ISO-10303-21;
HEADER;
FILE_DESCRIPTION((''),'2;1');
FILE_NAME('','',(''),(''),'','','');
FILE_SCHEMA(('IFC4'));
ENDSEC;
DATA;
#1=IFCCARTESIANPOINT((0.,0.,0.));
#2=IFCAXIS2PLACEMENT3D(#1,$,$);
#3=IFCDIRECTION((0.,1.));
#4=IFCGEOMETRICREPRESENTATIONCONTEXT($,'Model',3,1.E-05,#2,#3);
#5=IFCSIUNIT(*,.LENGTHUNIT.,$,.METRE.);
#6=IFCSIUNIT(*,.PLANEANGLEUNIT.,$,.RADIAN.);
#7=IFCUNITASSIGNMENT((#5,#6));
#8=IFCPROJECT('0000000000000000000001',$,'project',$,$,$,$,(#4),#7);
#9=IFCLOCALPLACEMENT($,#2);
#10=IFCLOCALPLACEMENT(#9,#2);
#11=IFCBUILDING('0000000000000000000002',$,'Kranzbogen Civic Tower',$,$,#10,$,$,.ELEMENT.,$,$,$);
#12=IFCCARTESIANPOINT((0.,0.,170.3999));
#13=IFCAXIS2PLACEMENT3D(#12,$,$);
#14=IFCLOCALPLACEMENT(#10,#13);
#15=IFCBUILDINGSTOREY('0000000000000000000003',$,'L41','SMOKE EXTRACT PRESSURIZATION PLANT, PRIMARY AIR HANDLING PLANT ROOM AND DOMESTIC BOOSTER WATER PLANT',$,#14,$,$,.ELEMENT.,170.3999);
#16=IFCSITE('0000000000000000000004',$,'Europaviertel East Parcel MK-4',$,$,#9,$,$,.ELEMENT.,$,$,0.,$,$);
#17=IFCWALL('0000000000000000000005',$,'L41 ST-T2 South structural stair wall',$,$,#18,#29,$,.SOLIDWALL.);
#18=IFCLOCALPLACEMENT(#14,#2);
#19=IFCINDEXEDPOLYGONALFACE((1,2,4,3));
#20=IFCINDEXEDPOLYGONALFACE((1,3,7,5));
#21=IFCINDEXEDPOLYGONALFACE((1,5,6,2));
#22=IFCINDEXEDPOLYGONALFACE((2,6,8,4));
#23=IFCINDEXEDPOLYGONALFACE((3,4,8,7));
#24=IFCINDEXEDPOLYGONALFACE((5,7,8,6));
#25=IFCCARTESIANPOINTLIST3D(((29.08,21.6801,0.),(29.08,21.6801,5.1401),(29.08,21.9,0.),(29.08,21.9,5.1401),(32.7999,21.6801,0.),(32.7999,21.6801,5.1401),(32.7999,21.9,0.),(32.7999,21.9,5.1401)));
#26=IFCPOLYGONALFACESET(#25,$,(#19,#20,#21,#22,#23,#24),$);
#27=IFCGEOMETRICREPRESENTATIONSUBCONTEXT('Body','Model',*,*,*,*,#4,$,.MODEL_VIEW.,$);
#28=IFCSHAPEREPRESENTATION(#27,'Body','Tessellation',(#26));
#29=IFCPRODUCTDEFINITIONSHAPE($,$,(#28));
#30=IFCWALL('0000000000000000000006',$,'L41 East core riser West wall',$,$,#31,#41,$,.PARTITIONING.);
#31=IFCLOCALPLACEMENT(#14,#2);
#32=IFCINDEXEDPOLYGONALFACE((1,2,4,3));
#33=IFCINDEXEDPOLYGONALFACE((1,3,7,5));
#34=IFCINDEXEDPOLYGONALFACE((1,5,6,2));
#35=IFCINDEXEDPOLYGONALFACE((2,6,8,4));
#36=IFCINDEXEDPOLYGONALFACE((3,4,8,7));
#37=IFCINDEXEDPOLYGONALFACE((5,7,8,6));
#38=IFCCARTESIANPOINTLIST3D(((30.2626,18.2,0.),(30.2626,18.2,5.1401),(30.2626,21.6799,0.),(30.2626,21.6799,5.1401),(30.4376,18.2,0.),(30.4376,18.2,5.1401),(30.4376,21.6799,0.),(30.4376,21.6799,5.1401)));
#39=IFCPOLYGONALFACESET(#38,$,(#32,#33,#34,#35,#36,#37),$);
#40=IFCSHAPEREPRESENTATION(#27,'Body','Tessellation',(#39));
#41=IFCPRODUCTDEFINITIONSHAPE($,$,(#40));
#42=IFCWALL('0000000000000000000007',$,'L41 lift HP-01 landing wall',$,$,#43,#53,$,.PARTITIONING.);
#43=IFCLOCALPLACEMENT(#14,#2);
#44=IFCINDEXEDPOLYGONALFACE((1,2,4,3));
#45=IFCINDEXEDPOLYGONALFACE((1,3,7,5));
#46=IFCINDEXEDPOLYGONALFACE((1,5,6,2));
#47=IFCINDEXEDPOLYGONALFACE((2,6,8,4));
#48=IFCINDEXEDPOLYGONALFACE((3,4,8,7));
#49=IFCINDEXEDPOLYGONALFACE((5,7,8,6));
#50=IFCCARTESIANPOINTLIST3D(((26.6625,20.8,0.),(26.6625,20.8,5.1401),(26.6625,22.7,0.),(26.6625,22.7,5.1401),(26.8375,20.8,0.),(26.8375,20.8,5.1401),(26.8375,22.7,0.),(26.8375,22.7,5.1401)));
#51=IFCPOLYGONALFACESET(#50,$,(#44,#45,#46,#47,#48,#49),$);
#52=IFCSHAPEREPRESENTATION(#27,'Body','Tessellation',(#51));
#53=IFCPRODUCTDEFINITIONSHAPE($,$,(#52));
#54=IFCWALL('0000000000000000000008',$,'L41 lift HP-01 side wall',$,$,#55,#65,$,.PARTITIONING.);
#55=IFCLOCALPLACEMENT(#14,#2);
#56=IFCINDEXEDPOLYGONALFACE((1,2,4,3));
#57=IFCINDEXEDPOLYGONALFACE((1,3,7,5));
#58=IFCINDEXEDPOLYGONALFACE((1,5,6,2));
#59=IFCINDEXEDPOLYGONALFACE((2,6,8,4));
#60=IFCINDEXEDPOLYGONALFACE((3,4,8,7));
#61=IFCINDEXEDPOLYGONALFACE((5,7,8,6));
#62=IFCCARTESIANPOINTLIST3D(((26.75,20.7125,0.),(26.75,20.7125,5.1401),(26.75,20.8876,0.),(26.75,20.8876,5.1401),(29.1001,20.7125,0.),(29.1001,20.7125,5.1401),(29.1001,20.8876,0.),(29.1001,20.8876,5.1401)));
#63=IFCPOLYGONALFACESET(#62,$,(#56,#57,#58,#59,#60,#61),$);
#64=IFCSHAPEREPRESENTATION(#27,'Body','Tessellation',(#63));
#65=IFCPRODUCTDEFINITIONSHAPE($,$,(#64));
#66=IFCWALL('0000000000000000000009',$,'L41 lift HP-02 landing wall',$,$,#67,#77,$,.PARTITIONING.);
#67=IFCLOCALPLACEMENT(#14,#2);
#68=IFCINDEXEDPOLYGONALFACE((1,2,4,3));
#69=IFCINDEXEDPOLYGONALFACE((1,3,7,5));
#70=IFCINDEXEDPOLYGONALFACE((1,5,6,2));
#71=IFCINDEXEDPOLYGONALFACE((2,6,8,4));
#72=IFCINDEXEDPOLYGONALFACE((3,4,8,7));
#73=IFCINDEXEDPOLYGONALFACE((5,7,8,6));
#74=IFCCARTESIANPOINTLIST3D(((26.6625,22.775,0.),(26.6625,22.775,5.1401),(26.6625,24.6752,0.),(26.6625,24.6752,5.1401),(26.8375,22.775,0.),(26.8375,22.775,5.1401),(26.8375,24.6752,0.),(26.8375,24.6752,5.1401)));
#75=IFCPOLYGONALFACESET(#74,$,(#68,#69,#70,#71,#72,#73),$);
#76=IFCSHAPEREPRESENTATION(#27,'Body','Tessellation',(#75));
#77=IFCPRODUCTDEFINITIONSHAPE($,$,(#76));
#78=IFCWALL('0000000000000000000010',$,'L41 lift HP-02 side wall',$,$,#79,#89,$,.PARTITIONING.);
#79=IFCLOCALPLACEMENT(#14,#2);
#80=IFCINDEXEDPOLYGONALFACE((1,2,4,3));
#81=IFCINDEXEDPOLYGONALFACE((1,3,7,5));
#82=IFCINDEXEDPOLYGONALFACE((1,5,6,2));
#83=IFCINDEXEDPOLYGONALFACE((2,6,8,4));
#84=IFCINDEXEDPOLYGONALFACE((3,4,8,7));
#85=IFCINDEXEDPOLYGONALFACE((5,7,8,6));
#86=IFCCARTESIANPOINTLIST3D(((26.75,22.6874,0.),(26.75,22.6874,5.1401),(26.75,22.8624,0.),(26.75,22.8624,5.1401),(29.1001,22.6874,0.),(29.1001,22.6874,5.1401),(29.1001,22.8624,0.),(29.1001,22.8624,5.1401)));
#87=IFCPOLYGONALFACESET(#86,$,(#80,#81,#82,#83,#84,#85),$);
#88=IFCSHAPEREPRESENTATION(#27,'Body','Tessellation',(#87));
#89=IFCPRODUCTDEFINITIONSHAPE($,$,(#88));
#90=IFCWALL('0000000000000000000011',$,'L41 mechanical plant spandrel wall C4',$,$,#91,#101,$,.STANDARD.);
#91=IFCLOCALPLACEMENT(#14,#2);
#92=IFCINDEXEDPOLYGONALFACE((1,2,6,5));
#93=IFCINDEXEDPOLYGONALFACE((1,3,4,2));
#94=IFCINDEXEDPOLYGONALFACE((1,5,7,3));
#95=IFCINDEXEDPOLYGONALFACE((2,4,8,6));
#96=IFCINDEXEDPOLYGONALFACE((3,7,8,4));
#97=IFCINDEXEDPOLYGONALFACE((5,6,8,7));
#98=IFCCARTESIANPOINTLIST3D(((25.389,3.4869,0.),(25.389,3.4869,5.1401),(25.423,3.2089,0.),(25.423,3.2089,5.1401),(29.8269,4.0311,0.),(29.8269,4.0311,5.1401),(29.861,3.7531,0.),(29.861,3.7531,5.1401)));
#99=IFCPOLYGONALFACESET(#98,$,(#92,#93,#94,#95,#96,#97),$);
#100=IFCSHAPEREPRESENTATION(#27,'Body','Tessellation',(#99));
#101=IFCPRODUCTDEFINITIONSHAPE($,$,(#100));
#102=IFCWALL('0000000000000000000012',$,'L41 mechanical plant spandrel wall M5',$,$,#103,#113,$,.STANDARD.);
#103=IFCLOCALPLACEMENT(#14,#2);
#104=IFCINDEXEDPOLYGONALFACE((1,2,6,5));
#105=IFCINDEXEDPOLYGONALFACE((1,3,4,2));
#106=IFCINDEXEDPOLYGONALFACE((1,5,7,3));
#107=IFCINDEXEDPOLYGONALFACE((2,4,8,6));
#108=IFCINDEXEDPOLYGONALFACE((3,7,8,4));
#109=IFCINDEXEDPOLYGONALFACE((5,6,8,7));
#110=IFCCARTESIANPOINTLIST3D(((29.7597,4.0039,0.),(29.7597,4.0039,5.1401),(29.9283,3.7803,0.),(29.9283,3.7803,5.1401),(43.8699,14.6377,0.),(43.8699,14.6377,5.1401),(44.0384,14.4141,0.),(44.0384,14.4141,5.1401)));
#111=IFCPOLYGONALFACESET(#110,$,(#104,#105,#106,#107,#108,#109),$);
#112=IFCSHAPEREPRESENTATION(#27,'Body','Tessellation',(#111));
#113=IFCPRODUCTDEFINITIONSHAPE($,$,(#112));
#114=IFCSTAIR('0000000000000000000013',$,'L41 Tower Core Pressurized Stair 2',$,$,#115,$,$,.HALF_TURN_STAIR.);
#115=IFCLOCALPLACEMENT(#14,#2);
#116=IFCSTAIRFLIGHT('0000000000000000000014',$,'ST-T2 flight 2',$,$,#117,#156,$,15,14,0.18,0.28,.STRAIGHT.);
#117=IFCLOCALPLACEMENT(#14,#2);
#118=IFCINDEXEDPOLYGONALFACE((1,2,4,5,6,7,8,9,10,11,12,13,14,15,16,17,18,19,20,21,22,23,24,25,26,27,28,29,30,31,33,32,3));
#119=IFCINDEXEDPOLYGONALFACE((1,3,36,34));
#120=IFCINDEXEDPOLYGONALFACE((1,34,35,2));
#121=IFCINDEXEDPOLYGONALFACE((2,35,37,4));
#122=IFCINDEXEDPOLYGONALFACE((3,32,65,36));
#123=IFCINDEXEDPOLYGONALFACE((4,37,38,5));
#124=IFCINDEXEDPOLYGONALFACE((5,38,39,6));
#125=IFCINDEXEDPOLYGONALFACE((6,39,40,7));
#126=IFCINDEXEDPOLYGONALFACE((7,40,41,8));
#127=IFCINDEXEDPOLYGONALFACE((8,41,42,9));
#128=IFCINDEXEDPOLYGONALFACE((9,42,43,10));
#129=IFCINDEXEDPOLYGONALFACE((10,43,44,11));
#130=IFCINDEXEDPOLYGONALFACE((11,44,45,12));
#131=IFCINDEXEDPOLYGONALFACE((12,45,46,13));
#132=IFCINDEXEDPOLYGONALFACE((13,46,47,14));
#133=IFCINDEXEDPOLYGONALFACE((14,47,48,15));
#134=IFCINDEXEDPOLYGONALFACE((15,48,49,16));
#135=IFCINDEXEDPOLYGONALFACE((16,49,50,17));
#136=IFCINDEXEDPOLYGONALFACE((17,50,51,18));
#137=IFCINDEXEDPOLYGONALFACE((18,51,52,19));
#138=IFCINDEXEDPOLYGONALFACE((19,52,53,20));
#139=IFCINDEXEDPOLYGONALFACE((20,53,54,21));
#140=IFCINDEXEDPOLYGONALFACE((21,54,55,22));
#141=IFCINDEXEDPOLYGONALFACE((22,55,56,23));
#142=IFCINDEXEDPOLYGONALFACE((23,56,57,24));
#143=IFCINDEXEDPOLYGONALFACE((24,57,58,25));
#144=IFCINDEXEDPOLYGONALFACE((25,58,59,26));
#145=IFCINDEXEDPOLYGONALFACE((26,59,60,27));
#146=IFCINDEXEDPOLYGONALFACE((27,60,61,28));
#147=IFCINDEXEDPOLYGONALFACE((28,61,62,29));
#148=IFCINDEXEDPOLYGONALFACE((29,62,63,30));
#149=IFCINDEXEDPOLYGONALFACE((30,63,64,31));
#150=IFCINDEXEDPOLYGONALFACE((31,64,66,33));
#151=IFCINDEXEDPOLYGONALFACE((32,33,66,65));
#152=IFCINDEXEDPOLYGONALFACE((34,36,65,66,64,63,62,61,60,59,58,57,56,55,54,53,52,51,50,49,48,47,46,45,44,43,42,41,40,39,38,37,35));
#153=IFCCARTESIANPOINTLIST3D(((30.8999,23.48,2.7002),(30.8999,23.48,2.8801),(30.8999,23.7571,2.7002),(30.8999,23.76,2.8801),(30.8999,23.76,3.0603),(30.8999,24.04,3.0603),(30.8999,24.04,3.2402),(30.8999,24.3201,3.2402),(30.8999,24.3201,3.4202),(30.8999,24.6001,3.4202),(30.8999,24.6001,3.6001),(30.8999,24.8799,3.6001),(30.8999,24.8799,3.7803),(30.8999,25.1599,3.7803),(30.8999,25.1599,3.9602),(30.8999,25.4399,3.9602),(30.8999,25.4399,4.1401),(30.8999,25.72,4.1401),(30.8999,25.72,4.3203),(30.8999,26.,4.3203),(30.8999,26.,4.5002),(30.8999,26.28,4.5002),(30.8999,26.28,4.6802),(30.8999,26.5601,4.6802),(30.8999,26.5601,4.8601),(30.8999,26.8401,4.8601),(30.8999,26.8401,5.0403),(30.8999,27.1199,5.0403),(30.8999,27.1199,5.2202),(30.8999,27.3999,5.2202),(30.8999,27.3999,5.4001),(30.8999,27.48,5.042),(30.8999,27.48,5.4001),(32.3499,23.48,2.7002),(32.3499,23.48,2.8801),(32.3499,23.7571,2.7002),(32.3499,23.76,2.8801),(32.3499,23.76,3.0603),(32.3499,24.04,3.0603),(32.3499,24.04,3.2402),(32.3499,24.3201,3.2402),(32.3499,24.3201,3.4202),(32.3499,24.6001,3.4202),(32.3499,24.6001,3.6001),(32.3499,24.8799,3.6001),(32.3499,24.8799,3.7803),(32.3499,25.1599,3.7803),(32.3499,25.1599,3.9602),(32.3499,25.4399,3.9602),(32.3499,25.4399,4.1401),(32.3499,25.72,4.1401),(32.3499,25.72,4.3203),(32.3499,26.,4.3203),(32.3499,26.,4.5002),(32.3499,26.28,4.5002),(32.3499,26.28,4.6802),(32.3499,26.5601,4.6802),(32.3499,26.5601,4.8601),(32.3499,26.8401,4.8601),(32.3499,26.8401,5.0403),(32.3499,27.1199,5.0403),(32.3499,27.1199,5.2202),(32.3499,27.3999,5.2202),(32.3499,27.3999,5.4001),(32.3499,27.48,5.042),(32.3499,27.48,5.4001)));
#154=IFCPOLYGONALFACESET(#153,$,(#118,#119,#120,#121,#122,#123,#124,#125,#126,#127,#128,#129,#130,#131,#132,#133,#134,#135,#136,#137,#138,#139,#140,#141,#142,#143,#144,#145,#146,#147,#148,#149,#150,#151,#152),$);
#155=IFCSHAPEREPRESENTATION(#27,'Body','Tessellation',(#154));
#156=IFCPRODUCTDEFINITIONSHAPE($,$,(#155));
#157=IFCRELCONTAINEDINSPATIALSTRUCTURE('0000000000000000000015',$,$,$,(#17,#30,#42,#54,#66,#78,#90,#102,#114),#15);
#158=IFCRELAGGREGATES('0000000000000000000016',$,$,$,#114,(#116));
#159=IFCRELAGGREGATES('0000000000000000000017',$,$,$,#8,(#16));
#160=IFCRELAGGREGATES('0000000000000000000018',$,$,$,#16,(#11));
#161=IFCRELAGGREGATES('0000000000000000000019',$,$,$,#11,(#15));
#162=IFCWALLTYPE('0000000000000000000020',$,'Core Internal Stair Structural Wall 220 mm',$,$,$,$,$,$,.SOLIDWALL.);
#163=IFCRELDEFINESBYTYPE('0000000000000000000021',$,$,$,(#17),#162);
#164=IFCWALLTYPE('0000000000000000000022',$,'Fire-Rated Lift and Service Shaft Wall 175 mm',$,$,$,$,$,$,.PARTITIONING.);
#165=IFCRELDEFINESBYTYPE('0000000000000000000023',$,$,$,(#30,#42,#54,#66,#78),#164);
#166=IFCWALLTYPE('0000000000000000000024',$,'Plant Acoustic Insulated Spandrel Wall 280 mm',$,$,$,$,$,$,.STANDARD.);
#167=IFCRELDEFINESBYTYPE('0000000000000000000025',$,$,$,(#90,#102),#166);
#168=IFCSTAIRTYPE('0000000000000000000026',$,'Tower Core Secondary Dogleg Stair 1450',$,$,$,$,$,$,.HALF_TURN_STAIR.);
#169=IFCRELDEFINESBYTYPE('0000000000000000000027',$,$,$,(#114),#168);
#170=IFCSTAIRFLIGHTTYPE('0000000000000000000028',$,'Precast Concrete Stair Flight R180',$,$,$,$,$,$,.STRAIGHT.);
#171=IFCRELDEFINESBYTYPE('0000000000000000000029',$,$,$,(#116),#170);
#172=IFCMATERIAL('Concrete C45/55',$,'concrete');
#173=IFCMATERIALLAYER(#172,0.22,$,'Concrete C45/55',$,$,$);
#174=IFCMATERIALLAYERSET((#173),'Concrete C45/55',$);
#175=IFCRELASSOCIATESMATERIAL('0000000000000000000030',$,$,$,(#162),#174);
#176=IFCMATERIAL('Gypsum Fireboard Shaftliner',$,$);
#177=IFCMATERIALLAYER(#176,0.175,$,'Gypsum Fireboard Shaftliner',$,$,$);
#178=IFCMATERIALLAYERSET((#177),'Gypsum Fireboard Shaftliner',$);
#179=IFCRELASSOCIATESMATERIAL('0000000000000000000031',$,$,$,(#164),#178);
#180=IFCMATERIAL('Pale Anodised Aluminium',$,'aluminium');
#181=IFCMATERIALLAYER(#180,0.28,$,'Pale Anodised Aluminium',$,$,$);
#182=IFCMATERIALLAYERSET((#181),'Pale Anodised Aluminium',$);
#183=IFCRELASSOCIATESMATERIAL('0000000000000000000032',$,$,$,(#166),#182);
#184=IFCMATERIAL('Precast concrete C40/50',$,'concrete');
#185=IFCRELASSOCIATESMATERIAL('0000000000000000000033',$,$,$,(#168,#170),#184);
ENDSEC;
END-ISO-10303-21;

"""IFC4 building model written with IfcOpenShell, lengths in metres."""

from ifc_helpers import new_model, si_unit, direction, frame, frame_2d, origin, place, context, subcontext, project, spatial, polyline, rectangle, outline, extrude, material, layer, layer_set, type_object, element, aggregate, save


model = new_model("IFC4")

# Units and contexts
model_context = context("Model", 3, precision=1e-05, world=origin(), true_north=direction((0.0, 1.0)))
body_context = subcontext(model_context, "Body", "Model", "MODEL_VIEW")
ifc_project = project(units=[si_unit("LENGTHUNIT", "METRE"), si_unit("PLANEANGLEUNIT", "RADIAN")], contexts=[model_context])

# Site, building, storey
site_placement = place(None, origin())
site = spatial("IfcSite", under=ifc_project, at=site_placement, Name="Europaviertel East Parcel MK-4", CompositionType="ELEMENT", RefElevation=0.0)
building_placement = place(site_placement, origin())
building = spatial("IfcBuilding", under=site, at=building_placement, Name="Kranzbogen Civic Tower", CompositionType="ELEMENT")
storey_placement = place(building_placement, frame((0.0, 0.0, 170.3999)))
storey = spatial("IfcBuildingStorey", under=building, at=storey_placement, Name="L41", Description="SMOKE EXTRACT PRESSURIZATION PLANT, PRIMARY AIR HANDLING PLANT ROOM AND DOMESTIC BOOSTER WATER PLANT", CompositionType="ELEMENT", Elevation=170.3999)

# Shared definitions
ifc_material_1 = material(Name="Concrete C45/55", Category="concrete")
ifc_layer_1 = layer(ifc_material_1, 0.22, Name="Concrete C45/55")
ifc_layer_set_1 = layer_set([ifc_layer_1], Name="Concrete C45/55")
wall_type_1 = type_object("IfcWallType", Name="Core Internal Stair Structural Wall 220 mm", PredefinedType="SOLIDWALL", material=ifc_layer_set_1)

# Walls
wall_1_placement = place(storey_placement, frame((29.0801, 21.79, 0.0), z_axis=(0.0, 0.0, 1.0), x_axis=(1.0, 0.0, 0.0)))
element("IfcWall", 1, at=wall_1_placement, inside=storey, type_object=wall_type_1, Name="L41 ST-T2 South structural stair wall", PredefinedType="SOLIDWALL", context=body_context, shape_type="SweptSolid", body=[
    extrude(rectangle(XDim=3.72, YDim=0.22, at=frame_2d((1.8599, 0.0))), origin(), (0.0, 0.0, 1.0), 5.1401),
])
ifc_material_2 = material(Name="Gypsum Fireboard Shaftliner")
ifc_layer_2 = layer(ifc_material_2, 0.175, Name="Gypsum Fireboard Shaftliner")
ifc_layer_set_2 = layer_set([ifc_layer_2], Name="Gypsum Fireboard Shaftliner")
wall_type_2 = type_object("IfcWallType", Name="Fire-Rated Lift and Service Shaft Wall 175 mm", PredefinedType="PARTITIONING", material=ifc_layer_set_2)
wall_2_placement = place(storey_placement, frame((30.3501, 18.2, 0.0), z_axis=(0.0, 0.0, 1.0), x_axis=(0.0, 1.0, 0.0)))
element("IfcWall", 2, at=wall_2_placement, inside=storey, type_object=wall_type_2, Name="L41 East core riser West wall", PredefinedType="PARTITIONING", context=body_context, shape_type="SweptSolid", body=[
    extrude(rectangle(XDim=3.48, YDim=0.175, at=frame_2d((1.74, 0.0))), origin(), (0.0, 0.0, 1.0), 5.1401),
])
wall_3_placement = place(storey_placement, frame((26.75, 20.8, 0.0), z_axis=(0.0, 0.0, 1.0), x_axis=(0.0, 1.0, 0.0)))
element("IfcWall", 3, at=wall_3_placement, inside=storey, type_object=wall_type_2, Name="L41 lift HP-01 landing wall", PredefinedType="PARTITIONING", context=body_context, shape_type="SweptSolid", body=[
    extrude(rectangle(XDim=1.8999, YDim=0.175, at=frame_2d((0.95, 0.0))), origin(), (0.0, 0.0, 1.0), 5.1401),
])
wall_4_placement = place(storey_placement, frame((26.75, 20.8, 0.0), z_axis=(0.0, 0.0, 1.0), x_axis=(1.0, 0.0, 0.0)))
element("IfcWall", 4, at=wall_4_placement, inside=storey, type_object=wall_type_2, Name="L41 lift HP-01 side wall", PredefinedType="PARTITIONING", context=body_context, shape_type="SweptSolid", body=[
    extrude(rectangle(XDim=2.3501, YDim=0.175, at=frame_2d((1.175, 0.0))), origin(), (0.0, 0.0, 1.0), 5.1401),
])
wall_5_placement = place(storey_placement, frame((26.75, 22.7749, 0.0), z_axis=(0.0, 0.0, 1.0), x_axis=(0.0, 1.0, 0.0)))
element("IfcWall", 5, at=wall_5_placement, inside=storey, type_object=wall_type_2, Name="L41 lift HP-02 landing wall", PredefinedType="PARTITIONING", context=body_context, shape_type="SweptSolid", body=[
    extrude(rectangle(XDim=1.9001, YDim=0.175, at=frame_2d((0.9502, 0.0))), origin(), (0.0, 0.0, 1.0), 5.1401),
])
wall_6_placement = place(storey_placement, frame((26.75, 22.7749, 0.0), z_axis=(0.0, 0.0, 1.0), x_axis=(1.0, 0.0, 0.0)))
element("IfcWall", 6, at=wall_6_placement, inside=storey, type_object=wall_type_2, Name="L41 lift HP-02 side wall", PredefinedType="PARTITIONING", context=body_context, shape_type="SweptSolid", body=[
    extrude(rectangle(XDim=2.3501, YDim=0.175, at=frame_2d((1.175, 0.0))), origin(), (0.0, 0.0, 1.0), 5.1401),
])
ifc_material_3 = material(Name="Pale Anodised Aluminium", Category="aluminium")
ifc_layer_3 = layer(ifc_material_3, 0.28, Name="Pale Anodised Aluminium")
ifc_layer_set_3 = layer_set([ifc_layer_3], Name="Pale Anodised Aluminium")
wall_type_3 = type_object("IfcWallType", Name="Plant Acoustic Insulated Spandrel Wall 280 mm", PredefinedType="STANDARD", material=ifc_layer_set_3)
wall_7_placement = place(storey_placement, frame((25.406, 3.3479, 0.0), z_axis=(0.0, 0.0, 1.0), x_axis=(0.992566, 0.121709, 0.0)))
element("IfcWall", 7, at=wall_7_placement, inside=storey, type_object=wall_type_3, Name="L41 mechanical plant spandrel wall C4", PredefinedType="STANDARD", context=body_context, shape_type="SweptSolid", body=[
    extrude(rectangle(XDim=4.4712, YDim=0.28, at=frame_2d((2.2356, 0.0))), origin(), (0.0, 0.0, 1.0), 5.1401),
])
wall_8_placement = place(storey_placement, frame((29.844, 3.8921, 0.0), z_axis=(0.0, 0.0, 1.0), x_axis=(0.798607, 0.601853, 0.0)))
element("IfcWall", 8, at=wall_8_placement, inside=storey, type_object=wall_type_3, Name="L41 mechanical plant spandrel wall M5", PredefinedType="STANDARD", context=body_context, shape_type="SweptSolid", body=[
    extrude(rectangle(XDim=17.6685, YDim=0.28, at=frame_2d((8.8342, 0.0))), origin(), (0.0, 0.0, 1.0), 5.1401),
])

# Stair, stair flight
ifc_material_4 = material(Name="Precast concrete C40/50", Category="concrete")
stair_type = type_object("IfcStairType", Name="Tower Core Secondary Dogleg Stair 1450", PredefinedType="HALF_TURN_STAIR", material=ifc_material_4)
stair_placement = place(storey_placement, origin())
stair = element("IfcStair", 9, at=stair_placement, inside=storey, type_object=stair_type, Name="L41 Tower Core Pressurized Stair 2", PredefinedType="HALF_TURN_STAIR")
stair_flight_type = type_object("IfcStairFlightType", Name="Precast Concrete Stair Flight R180", PredefinedType="STRAIGHT", material=ifc_material_4)
stair_flight_placement = place(storey_placement, frame((31.625, 23.48, 2.7002), z_axis=(0.0, 0.0, 1.0), x_axis=(0.0, 1.0, 0.0)))
stair_flight = element("IfcStairFlight", 10, at=stair_flight_placement, type_object=stair_flight_type, Name="ST-T2 flight 2", NumberOfRisers=15, NumberOfTreads=14, PredefinedType="STRAIGHT", RiserHeight=0.18, TreadLength=0.28, context=body_context, shape_type="SweptSolid", body=[
    extrude(outline(polyline([(0.0, 0.0), (0.0, 0.1799), (0.28, 0.1799), (0.28, 0.3601), (0.5601, 0.3601), (0.5601, 0.54), (0.8401, 0.54), (0.8401, 0.72), (1.1201, 0.72), (1.1201, 0.8999), (1.3999, 0.8999), (1.3999, 1.0801), (1.6799, 1.0801), (1.6799, 1.26), (1.96, 1.26), (1.96, 1.4399), (2.24, 1.4399), (2.24, 1.6201), (2.52, 1.6201), (2.52, 1.8), (2.8, 1.8), (2.8, 1.98), (3.0801, 1.98), (3.0801, 2.1599), (3.3601, 2.1599), (3.3601, 2.3401), (3.6399, 2.3401), (3.6399, 2.52), (3.9199, 2.52), (3.9199, 2.7), (4.0, 2.7), (4.0, 2.3418), (0.2771, 0.0), (0.0, 0.0)])), frame((0.0, 0.7251, 0.0), z_axis=(0.0, -1.0, 0.0), x_axis=(1.0, 0.0, 0.0)), (0.0, 0.0, 1.0), 1.45),
])
aggregate(stair, [stair_flight])

save(model, "model.ifc")
